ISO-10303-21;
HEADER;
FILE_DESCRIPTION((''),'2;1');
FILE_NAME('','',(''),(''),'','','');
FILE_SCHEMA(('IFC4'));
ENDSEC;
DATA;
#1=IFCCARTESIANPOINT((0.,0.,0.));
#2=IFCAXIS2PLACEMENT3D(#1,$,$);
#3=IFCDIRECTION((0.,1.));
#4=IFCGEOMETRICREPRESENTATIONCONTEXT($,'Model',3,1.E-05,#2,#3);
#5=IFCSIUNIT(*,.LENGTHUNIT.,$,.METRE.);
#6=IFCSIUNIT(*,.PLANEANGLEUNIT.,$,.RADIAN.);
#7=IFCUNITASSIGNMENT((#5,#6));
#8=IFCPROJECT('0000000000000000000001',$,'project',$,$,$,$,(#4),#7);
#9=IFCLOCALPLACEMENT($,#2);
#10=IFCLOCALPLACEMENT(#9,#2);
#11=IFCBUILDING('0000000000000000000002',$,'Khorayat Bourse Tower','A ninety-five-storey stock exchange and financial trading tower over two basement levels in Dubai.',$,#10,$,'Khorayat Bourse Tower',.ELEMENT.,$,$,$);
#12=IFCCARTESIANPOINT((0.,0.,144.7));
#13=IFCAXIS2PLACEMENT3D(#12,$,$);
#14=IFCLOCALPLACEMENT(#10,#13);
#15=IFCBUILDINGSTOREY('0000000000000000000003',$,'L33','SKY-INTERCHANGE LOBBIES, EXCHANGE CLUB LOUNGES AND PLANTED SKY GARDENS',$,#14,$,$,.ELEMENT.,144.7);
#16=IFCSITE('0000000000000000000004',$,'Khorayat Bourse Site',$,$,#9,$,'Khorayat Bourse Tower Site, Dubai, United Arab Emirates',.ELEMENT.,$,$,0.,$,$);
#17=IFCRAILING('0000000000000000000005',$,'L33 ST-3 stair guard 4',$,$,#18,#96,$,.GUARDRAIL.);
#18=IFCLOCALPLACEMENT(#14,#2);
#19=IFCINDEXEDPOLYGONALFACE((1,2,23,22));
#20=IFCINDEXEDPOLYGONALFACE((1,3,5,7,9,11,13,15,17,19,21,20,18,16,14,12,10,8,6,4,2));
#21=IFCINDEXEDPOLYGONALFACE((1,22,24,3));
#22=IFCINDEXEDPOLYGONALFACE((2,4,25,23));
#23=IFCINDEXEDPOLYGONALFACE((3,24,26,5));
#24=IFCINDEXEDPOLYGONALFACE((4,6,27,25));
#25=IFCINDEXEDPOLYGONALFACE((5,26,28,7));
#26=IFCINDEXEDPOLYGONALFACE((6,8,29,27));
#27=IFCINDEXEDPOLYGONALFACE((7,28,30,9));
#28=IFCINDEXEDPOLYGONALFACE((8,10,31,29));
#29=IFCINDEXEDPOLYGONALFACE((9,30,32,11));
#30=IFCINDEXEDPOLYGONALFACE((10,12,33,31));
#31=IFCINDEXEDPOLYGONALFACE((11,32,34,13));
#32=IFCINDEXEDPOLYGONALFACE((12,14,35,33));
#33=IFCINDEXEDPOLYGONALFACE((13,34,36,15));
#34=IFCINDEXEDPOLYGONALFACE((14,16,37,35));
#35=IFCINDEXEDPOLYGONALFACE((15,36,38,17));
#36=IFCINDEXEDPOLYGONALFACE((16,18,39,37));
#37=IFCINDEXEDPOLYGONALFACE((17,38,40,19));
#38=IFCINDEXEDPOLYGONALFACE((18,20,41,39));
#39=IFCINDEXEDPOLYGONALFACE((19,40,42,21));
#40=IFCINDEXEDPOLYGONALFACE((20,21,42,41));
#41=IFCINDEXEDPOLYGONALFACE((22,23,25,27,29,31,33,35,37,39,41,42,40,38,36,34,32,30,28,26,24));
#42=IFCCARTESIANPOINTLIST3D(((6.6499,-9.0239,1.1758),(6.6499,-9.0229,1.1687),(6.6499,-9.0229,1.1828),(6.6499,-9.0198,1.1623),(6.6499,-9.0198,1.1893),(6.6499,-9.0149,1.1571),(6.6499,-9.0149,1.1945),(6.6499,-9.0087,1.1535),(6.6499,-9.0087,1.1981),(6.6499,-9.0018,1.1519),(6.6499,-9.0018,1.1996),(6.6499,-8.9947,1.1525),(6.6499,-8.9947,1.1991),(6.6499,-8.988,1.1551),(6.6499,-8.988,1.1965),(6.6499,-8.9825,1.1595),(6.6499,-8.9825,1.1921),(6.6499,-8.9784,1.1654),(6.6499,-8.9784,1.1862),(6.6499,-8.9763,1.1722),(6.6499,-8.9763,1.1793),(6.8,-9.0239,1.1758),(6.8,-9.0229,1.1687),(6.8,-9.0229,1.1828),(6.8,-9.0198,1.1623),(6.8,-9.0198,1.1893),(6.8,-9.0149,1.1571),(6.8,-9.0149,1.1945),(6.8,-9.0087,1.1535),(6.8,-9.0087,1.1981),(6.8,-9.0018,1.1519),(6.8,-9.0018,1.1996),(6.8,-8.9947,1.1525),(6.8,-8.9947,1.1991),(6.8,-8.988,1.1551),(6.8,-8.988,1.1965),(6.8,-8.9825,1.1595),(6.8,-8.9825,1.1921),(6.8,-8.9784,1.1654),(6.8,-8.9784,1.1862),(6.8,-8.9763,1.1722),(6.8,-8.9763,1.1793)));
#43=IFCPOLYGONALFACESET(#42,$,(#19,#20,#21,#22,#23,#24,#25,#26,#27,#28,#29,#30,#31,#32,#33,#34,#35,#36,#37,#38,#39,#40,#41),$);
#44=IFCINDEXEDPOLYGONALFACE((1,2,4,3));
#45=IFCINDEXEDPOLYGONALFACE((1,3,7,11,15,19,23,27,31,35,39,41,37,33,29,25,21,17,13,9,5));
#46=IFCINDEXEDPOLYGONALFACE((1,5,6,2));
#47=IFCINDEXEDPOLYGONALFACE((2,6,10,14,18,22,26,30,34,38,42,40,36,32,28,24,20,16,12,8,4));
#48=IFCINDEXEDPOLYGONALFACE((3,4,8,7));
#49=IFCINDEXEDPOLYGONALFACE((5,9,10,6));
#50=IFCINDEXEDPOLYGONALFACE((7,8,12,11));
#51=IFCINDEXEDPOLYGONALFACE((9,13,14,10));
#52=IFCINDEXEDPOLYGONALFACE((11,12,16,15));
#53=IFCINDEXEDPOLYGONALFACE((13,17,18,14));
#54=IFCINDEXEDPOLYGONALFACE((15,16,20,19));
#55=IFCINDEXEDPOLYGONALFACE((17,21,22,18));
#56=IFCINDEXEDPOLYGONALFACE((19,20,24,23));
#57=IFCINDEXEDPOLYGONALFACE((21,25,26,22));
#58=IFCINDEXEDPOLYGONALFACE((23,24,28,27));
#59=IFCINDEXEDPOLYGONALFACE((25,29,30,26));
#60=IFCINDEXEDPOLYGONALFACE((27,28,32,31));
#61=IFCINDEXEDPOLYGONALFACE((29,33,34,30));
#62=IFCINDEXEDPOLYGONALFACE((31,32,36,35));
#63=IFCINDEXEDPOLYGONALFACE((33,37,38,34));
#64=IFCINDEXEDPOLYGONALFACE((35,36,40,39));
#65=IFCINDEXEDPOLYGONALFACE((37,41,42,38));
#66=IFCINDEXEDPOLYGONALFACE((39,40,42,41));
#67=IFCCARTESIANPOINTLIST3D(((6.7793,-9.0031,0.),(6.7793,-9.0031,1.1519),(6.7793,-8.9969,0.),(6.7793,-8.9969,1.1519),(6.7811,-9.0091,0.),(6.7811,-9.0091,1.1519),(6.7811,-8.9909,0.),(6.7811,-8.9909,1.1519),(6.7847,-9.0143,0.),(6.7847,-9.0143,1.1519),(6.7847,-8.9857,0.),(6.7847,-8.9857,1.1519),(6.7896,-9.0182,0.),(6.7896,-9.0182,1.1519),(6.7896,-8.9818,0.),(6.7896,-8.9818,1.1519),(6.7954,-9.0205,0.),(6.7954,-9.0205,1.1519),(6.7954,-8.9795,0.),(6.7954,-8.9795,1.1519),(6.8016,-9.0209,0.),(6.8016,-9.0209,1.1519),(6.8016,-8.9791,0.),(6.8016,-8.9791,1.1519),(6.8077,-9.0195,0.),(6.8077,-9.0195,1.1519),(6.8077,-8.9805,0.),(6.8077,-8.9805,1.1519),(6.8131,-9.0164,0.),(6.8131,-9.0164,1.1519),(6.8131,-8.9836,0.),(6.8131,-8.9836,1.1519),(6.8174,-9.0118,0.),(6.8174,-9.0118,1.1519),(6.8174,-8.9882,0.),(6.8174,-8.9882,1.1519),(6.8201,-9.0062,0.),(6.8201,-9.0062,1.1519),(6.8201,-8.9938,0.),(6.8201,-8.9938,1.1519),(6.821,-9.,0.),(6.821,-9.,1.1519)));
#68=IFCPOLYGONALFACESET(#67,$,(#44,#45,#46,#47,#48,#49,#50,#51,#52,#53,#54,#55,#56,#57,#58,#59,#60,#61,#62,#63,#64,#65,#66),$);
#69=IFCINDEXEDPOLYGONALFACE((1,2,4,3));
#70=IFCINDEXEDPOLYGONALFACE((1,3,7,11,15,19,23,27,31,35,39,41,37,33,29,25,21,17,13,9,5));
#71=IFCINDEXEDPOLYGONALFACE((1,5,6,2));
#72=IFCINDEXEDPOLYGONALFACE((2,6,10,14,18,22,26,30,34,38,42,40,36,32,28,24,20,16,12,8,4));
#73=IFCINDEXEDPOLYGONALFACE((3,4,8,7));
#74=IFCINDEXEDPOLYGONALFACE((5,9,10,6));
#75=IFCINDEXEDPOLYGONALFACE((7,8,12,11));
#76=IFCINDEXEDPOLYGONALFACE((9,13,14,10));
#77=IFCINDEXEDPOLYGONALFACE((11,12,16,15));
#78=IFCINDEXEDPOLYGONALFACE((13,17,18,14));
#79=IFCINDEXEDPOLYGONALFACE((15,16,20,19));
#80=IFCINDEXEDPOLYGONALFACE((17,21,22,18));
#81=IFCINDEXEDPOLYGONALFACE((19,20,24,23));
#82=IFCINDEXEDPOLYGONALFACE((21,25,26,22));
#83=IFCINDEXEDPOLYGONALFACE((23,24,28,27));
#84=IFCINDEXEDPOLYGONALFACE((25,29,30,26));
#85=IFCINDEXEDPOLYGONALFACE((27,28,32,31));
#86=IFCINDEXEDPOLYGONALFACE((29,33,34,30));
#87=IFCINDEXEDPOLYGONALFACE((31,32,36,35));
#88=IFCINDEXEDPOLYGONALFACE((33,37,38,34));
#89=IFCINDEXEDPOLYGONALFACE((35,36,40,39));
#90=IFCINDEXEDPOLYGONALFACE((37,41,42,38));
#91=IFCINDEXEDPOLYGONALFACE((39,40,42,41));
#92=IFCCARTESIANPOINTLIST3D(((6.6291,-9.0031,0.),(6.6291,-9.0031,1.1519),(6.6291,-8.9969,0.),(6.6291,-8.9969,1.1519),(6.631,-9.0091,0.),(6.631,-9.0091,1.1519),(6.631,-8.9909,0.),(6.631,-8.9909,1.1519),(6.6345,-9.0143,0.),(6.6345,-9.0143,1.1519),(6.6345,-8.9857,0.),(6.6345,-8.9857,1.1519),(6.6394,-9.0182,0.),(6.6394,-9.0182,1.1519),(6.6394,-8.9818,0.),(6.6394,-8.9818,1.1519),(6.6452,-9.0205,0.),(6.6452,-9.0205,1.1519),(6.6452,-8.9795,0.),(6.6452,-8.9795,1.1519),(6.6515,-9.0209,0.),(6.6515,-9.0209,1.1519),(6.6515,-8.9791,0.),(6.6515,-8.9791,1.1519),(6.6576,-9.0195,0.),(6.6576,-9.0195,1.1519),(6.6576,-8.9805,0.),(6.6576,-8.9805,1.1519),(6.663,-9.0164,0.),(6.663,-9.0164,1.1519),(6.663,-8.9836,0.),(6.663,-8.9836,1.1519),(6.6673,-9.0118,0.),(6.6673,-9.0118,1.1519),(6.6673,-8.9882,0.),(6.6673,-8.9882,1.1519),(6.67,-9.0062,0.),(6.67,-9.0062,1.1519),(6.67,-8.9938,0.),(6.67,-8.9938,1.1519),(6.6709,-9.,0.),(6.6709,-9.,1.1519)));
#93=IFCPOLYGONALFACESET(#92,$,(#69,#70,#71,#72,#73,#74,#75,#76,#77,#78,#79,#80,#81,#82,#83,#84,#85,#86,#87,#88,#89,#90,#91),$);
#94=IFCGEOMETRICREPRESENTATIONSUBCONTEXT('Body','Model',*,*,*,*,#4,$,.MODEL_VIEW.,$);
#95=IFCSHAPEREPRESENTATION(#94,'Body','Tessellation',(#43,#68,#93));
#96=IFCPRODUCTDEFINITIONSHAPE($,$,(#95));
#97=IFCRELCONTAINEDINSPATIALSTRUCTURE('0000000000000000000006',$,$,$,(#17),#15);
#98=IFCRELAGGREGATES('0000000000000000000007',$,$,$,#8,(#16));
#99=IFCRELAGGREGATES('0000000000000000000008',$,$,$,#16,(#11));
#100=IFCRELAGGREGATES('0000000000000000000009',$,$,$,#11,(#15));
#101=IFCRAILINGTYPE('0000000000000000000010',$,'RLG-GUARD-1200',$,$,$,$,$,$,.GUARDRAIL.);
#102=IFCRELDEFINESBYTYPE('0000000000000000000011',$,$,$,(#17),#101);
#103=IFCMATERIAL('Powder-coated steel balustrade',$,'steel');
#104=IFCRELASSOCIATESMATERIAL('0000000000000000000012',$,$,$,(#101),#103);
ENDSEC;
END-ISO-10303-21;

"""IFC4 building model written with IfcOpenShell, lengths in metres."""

from ifc_helpers import new_model, si_unit, direction, frame, origin, origin_2d, place, context, subcontext, project, spatial, circle, extrude, source, transform, mapped, material, type_object, element, save


model = new_model("IFC4")

# Units and contexts
model_context = context("Model", 3, precision=1e-05, world=origin(), true_north=direction((0.0, 1.0)))
body_context = subcontext(model_context, "Body", "Model", "MODEL_VIEW")
ifc_project = project(units=[si_unit("LENGTHUNIT", "METRE"), si_unit("PLANEANGLEUNIT", "RADIAN")], contexts=[model_context])

# Site, building, storey
site_placement = place(None, origin())
site = spatial("IfcSite", under=ifc_project, at=site_placement, Name="Khorayat Bourse Site", LongName="Khorayat Bourse Tower Site, Dubai, United Arab Emirates", CompositionType="ELEMENT", RefElevation=0.0)
building_placement = place(site_placement, origin())
building = spatial("IfcBuilding", under=site, at=building_placement, Name="Khorayat Bourse Tower", Description="A ninety-five-storey stock exchange and financial trading tower over two basement levels in Dubai.", LongName="Khorayat Bourse Tower", CompositionType="ELEMENT")
storey_placement = place(building_placement, frame((0.0, 0.0, 144.7)))
storey = spatial("IfcBuildingStorey", under=building, at=storey_placement, Name="L33", Description="SKY-INTERCHANGE LOBBIES, EXCHANGE CLUB LOUNGES AND PLANTED SKY GARDENS", CompositionType="ELEMENT", Elevation=144.7)

# Railing
ifc_material_1 = material(Name="Powder-coated steel balustrade", Category="steel")
railing_type_1 = type_object("IfcRailingType", Name="RLG-GUARD-1200", PredefinedType="GUARDRAIL", material=ifc_material_1)
shared_shape_1 = source(origin(), body_context, "Body", "SweptSolid", [
    extrude(circle(Radius=0.0239, at=origin_2d()), frame((0.0, 0.0, 1.1758), z_axis=(-1.0, 0.0, 0.0), x_axis=(0.0, -1.0, 0.0)), (0.0, 0.0, 1.0), 0.1501),
    extrude(circle(Radius=0.021, at=origin_2d()), origin(), (0.0, 0.0, 1.0), 1.1519),
    extrude(circle(Radius=0.021, at=origin_2d()), frame((-0.1501, 0.0, 0.0)), (0.0, 0.0, 1.0), 1.1519),
])
railing_1_placement = place(storey_placement, frame((6.8, -9.0, 0.0)))
element("IfcRailing", 1, at=railing_1_placement, inside=storey, type_object=railing_type_1, Name="L33 ST-3 stair guard 4", PredefinedType="GUARDRAIL", context=body_context, shape_type="MappedRepresentation", body=[
    mapped(shared_shape_1, transform((0.0, 0.0, 0.0), scale=1.0)),
])

save(model, "model.ifc")
